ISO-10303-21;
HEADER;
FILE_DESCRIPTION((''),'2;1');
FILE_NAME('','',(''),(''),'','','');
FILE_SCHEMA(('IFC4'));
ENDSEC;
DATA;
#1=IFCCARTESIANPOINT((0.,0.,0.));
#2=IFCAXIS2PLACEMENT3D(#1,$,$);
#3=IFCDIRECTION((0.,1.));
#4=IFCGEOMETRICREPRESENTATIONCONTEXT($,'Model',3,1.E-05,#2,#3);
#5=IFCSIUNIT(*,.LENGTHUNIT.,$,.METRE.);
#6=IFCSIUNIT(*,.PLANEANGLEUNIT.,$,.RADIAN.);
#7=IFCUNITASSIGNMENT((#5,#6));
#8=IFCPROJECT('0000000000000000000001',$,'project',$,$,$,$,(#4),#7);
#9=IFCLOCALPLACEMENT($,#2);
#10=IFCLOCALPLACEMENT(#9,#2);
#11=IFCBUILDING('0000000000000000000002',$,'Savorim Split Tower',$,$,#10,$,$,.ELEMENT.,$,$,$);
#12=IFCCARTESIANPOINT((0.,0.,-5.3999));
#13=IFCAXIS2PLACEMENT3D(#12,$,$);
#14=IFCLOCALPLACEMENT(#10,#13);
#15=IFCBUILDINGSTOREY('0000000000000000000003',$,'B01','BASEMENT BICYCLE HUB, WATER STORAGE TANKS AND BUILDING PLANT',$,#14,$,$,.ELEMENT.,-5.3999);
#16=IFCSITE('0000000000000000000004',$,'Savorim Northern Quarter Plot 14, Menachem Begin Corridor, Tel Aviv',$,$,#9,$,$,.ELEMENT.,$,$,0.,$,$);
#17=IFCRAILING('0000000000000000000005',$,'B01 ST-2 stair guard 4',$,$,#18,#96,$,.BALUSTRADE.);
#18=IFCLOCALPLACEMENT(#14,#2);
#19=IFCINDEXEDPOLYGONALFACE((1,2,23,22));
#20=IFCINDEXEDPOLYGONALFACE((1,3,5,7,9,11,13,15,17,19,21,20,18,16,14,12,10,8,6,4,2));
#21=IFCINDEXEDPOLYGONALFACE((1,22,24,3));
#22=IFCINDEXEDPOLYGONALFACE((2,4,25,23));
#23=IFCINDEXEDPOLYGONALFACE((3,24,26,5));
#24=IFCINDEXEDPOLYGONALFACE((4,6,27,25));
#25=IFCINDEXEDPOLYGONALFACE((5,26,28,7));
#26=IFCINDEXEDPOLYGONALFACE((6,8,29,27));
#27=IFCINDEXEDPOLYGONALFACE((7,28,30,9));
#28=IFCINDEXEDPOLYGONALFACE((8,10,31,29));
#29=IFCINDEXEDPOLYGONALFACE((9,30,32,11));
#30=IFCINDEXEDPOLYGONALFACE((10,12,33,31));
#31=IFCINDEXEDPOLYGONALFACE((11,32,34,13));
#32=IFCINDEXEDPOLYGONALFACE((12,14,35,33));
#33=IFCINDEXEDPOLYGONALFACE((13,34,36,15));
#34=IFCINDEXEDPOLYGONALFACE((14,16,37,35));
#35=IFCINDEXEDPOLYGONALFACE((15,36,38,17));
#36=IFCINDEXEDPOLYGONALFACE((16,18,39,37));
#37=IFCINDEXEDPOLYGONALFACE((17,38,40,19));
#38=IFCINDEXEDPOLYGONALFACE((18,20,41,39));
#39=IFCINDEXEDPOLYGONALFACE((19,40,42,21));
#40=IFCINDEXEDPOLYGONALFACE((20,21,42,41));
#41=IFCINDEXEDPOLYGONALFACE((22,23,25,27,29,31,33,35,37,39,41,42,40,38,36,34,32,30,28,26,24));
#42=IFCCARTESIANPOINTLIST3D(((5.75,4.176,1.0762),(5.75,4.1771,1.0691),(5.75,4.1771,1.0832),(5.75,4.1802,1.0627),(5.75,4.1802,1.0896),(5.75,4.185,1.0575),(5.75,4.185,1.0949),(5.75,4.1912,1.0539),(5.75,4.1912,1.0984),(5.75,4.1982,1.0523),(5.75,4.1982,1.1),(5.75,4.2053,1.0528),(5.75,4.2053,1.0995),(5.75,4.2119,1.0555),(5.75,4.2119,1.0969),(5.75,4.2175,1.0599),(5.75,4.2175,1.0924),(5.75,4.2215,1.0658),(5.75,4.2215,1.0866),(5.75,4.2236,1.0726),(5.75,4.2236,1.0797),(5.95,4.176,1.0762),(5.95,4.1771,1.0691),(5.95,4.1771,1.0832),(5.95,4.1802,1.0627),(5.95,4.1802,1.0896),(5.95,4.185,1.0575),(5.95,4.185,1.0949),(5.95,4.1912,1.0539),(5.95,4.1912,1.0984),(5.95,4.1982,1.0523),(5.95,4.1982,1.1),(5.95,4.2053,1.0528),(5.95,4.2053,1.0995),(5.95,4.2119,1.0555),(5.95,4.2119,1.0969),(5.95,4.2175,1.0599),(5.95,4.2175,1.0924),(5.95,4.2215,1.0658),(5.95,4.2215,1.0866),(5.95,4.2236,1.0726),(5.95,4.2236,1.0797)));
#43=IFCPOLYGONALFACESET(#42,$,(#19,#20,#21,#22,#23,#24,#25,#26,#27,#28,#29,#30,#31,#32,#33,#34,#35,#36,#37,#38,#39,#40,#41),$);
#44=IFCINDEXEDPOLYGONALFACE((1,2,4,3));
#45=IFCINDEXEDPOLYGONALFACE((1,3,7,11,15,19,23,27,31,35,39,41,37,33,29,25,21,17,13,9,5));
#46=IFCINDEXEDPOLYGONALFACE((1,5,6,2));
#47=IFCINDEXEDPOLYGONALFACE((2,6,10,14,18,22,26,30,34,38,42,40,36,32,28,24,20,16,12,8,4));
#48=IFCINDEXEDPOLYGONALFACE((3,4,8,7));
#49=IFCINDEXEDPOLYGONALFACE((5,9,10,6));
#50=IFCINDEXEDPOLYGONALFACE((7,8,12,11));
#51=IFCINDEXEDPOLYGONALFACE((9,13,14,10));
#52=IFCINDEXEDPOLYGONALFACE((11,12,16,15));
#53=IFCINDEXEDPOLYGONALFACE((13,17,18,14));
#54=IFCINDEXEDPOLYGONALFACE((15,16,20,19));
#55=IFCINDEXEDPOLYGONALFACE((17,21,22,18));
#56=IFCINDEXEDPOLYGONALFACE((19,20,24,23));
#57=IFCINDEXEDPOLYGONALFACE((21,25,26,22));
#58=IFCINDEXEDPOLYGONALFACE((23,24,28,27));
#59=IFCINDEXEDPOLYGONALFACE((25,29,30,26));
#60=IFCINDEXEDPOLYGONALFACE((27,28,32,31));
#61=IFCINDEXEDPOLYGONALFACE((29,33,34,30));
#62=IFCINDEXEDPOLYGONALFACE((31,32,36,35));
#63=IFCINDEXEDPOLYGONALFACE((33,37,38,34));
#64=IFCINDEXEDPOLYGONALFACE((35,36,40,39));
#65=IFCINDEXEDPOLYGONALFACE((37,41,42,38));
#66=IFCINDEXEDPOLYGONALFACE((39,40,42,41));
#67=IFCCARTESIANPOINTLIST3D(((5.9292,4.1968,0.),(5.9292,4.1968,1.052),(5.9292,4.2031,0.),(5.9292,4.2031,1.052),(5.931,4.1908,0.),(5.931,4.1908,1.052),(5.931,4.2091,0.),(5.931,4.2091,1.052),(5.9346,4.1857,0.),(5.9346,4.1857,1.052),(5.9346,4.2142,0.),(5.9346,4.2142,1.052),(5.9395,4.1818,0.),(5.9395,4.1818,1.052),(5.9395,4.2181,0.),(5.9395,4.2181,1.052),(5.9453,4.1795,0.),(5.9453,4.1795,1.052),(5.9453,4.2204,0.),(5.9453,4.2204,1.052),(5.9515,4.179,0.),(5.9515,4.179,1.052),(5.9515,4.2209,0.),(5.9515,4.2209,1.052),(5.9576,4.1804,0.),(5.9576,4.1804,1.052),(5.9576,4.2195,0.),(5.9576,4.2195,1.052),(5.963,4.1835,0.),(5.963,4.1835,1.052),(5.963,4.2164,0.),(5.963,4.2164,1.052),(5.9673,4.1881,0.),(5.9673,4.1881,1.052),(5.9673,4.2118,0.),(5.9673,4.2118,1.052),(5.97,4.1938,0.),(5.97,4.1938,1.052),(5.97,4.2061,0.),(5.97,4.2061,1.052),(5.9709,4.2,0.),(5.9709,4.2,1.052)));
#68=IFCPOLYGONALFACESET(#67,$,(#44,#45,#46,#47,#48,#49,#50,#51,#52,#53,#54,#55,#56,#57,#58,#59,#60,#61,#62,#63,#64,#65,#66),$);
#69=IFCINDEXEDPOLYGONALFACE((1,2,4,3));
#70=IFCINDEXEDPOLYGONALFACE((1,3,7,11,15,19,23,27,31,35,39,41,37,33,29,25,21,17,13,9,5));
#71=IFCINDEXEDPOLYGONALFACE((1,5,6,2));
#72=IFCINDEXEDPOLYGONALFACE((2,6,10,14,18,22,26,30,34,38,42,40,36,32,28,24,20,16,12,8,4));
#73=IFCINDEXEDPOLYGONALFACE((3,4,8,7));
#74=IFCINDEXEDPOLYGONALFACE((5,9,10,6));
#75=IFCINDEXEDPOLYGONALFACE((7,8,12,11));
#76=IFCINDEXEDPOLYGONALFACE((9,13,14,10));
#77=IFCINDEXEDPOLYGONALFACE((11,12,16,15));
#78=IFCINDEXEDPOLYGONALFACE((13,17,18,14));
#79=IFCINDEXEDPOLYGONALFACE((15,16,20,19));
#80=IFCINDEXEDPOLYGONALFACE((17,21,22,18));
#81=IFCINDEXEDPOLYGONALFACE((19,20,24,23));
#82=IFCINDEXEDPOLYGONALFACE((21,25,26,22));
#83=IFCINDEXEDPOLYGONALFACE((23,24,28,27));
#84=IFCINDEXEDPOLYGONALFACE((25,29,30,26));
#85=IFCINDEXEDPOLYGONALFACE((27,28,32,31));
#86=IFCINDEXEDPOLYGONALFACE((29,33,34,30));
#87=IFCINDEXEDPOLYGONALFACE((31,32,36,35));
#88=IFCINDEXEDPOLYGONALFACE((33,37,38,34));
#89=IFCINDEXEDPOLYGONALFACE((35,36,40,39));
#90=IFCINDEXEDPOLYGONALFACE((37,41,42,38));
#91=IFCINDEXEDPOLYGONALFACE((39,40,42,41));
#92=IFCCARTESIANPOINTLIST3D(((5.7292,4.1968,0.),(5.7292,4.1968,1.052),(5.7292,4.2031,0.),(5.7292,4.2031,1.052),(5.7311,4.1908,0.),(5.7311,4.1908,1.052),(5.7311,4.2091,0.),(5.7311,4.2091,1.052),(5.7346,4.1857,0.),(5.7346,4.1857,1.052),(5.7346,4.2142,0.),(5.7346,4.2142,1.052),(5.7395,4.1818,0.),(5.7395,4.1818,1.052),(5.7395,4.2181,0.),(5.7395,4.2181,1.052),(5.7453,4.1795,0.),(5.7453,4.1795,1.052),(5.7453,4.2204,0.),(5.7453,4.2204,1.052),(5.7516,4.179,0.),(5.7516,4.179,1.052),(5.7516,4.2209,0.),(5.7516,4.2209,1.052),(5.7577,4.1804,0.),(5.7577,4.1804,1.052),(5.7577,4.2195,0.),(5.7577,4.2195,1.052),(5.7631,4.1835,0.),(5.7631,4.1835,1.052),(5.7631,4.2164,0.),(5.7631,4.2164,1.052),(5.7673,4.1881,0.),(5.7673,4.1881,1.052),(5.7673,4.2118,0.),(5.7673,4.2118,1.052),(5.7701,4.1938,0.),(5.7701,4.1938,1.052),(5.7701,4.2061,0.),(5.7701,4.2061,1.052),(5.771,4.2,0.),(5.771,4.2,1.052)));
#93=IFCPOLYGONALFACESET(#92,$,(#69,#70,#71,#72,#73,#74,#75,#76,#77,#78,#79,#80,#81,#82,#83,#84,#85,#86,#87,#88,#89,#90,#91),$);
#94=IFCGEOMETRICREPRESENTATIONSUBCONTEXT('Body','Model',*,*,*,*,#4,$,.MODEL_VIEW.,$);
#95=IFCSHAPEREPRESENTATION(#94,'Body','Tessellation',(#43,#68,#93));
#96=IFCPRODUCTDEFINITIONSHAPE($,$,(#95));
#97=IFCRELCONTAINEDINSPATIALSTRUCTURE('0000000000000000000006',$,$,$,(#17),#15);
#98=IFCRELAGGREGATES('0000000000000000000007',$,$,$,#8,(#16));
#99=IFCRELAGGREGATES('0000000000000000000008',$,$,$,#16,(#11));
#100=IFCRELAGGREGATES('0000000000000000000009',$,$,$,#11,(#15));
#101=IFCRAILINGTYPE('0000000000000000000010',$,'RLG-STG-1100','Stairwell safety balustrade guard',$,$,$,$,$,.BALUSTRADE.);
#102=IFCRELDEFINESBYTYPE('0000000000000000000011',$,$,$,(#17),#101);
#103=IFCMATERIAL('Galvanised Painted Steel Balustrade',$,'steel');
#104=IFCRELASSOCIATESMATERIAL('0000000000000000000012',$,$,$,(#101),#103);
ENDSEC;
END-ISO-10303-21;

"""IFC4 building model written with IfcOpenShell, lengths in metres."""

from ifc_helpers import new_model, si_unit, direction, frame, origin, origin_2d, place, context, subcontext, project, spatial, circle, extrude, material, type_object, element, save


model = new_model("IFC4")

# Units and contexts
model_context = context("Model", 3, precision=1e-05, world=origin(), true_north=direction((0.0, 1.0)))
body_context = subcontext(model_context, "Body", "Model", "MODEL_VIEW")
ifc_project = project(units=[si_unit("LENGTHUNIT", "METRE"), si_unit("PLANEANGLEUNIT", "RADIAN")], contexts=[model_context])

# Site, building, storey
site_placement = place(None, origin())
site = spatial("IfcSite", under=ifc_project, at=site_placement, Name="Savorim Northern Quarter Plot 14, Menachem Begin Corridor, Tel Aviv", CompositionType="ELEMENT", RefElevation=0.0)
building_placement = place(site_placement, origin())
building = spatial("IfcBuilding", under=site, at=building_placement, Name="Savorim Split Tower", CompositionType="ELEMENT")
storey_placement = place(building_placement, frame((0.0, 0.0, -5.3999)))
storey = spatial("IfcBuildingStorey", under=building, at=storey_placement, Name="B01", Description="BASEMENT BICYCLE HUB, WATER STORAGE TANKS AND BUILDING PLANT", CompositionType="ELEMENT", Elevation=-5.3999)

# Railing
ifc_material_1 = material(Name="Galvanised Painted Steel Balustrade", Category="steel")
railing_type_1 = type_object("IfcRailingType", Name="RLG-STG-1100", Description="Stairwell safety balustrade guard", PredefinedType="BALUSTRADE", material=ifc_material_1)
railing_1_placement = place(storey_placement, frame((5.95, 4.2, 0.0)))
element("IfcRailing", 1, at=railing_1_placement, inside=storey, type_object=railing_type_1, Name="B01 ST-2 stair guard 4", PredefinedType="BALUSTRADE", context=body_context, shape_type="SweptSolid", body=[
    extrude(circle(Radius=0.0239, at=origin_2d()), frame((0.0, 0.0, 1.0762), z_axis=(-1.0, 0.0, 0.0), x_axis=(0.0, -1.0, 0.0)), (0.0, 0.0, 1.0), 0.2),
    extrude(circle(Radius=0.021, at=origin_2d()), origin(), (0.0, 0.0, 1.0), 1.052),
    extrude(circle(Radius=0.021, at=origin_2d()), frame((-0.2, 0.0, 0.0)), (0.0, 0.0, 1.0), 1.052),
])

save(model, "model.ifc")
